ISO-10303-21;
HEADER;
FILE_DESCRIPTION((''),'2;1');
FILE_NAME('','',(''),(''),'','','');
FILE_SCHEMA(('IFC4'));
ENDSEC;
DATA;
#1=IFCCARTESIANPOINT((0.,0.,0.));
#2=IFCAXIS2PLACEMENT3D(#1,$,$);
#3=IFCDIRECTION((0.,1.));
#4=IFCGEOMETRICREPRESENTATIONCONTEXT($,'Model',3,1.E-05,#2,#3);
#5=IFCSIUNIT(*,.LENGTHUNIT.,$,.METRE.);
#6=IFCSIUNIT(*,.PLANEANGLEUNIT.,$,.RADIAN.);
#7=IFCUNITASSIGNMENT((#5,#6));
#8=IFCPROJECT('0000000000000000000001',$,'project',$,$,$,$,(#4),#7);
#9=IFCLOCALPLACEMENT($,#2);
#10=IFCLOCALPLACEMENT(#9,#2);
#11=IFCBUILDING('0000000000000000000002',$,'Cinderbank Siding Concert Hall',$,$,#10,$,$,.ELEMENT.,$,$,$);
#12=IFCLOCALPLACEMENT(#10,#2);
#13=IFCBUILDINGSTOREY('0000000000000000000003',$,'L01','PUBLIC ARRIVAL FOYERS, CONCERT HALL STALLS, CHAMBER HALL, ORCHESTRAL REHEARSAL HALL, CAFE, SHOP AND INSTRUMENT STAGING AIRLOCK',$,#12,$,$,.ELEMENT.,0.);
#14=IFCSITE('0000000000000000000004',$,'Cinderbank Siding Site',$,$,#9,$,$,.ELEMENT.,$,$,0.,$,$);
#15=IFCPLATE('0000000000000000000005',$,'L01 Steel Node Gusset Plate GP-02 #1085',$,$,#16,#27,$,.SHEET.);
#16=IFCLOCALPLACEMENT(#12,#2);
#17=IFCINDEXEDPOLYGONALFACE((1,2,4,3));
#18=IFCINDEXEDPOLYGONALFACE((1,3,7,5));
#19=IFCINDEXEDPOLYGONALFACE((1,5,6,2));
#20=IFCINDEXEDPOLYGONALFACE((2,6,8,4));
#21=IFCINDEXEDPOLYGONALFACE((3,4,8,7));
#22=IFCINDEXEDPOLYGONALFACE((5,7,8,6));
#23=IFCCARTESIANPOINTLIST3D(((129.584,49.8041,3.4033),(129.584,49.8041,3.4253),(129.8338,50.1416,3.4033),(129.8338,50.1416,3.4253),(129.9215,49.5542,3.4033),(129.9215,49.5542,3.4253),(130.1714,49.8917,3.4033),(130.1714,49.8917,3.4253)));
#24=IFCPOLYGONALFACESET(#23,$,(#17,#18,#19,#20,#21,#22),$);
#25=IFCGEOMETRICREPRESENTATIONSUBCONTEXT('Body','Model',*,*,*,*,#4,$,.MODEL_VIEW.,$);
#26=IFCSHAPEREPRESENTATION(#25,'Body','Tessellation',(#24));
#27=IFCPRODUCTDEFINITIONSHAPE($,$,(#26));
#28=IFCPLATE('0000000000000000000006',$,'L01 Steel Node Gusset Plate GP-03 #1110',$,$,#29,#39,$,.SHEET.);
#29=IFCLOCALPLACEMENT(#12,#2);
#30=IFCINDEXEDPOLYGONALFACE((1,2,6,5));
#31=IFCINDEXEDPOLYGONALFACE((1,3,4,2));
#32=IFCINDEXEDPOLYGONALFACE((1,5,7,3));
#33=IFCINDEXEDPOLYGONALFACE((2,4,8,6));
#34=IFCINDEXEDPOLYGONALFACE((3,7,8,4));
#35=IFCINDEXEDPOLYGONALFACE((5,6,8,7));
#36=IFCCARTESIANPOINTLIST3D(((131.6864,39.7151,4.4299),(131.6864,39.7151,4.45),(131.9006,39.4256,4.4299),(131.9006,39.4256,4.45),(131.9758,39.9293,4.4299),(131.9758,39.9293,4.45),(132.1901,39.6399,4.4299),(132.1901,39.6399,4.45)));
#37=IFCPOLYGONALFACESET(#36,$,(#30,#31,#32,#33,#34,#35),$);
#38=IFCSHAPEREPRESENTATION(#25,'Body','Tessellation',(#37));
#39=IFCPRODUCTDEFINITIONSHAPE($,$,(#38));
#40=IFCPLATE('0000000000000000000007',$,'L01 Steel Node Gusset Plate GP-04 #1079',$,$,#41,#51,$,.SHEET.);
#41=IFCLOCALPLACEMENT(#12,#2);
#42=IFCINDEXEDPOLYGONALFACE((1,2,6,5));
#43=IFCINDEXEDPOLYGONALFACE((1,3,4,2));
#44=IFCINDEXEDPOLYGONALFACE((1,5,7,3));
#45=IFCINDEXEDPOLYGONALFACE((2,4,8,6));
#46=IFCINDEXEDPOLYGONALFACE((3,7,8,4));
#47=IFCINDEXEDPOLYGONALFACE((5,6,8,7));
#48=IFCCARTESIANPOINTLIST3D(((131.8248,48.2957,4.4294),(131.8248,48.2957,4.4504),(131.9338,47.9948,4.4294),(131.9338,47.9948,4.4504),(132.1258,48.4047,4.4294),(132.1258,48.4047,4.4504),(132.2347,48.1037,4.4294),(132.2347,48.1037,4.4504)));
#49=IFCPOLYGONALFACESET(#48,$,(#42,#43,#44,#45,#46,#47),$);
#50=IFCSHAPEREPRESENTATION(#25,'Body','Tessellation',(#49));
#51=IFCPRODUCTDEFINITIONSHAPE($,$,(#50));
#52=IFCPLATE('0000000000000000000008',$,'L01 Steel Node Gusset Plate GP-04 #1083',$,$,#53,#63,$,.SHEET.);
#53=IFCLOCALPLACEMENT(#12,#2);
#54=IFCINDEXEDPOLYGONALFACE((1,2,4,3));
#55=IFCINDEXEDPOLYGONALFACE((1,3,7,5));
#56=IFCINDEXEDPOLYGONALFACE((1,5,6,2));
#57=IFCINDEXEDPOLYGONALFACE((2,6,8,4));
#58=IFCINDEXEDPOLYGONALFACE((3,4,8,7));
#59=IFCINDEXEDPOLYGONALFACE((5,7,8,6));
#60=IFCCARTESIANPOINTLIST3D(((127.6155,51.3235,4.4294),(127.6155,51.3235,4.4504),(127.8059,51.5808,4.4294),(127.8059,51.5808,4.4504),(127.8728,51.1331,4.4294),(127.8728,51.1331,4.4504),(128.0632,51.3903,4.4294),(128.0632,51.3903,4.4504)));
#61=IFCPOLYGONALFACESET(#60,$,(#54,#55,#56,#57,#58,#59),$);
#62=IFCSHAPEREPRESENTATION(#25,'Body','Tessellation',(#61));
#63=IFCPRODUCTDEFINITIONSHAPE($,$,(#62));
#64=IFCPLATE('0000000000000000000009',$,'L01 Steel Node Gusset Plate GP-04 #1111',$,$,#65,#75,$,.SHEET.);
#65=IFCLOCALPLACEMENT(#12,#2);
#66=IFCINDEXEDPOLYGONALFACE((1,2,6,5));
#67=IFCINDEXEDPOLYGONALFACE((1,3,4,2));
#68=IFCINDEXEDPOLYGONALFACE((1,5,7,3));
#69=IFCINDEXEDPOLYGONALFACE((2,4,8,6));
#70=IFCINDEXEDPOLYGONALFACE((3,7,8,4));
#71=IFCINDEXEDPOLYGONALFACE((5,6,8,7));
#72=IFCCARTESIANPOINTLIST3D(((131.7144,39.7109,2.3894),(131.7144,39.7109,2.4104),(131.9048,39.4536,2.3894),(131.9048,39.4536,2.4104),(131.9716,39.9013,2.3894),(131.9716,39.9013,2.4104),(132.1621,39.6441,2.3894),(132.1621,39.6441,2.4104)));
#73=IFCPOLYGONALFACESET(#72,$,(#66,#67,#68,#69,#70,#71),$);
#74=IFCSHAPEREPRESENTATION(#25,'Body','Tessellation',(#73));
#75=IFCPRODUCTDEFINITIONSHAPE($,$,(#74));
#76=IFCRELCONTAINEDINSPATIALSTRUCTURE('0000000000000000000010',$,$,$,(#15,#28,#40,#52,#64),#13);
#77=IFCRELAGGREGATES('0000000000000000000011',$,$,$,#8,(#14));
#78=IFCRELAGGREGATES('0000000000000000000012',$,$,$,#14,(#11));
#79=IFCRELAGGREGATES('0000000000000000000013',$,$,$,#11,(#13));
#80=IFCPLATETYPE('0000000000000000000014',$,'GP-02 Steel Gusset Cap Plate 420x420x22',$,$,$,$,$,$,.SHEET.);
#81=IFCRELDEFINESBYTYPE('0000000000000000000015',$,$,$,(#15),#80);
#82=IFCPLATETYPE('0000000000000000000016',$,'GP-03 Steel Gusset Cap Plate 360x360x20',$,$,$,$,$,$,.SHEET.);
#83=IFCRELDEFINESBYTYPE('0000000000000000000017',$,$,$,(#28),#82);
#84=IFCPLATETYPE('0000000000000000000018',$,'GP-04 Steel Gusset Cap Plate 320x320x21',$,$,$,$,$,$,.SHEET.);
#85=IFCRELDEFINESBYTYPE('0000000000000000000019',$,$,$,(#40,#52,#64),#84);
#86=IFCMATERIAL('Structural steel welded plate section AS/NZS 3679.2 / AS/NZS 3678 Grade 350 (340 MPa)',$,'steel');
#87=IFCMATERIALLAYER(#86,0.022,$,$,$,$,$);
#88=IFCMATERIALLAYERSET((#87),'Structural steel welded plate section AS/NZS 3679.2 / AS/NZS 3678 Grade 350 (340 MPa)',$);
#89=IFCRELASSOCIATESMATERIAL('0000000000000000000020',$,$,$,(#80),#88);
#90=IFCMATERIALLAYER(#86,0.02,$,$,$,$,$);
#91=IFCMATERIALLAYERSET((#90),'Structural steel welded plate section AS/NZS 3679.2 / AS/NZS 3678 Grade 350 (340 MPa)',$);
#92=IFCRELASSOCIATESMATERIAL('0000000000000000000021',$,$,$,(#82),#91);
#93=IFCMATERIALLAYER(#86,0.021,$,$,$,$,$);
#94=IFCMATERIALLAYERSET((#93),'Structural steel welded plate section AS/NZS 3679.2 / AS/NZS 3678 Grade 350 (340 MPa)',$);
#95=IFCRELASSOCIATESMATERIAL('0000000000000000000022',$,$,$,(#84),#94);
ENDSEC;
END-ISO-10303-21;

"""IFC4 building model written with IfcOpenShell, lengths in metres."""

from ifc_helpers import new_model, si_unit, direction, frame, origin, origin_2d, place, context, subcontext, project, spatial, rectangle, extrude, material, layer, layer_set, type_object, element, save


model = new_model("IFC4")

# Units and contexts
model_context = context("Model", 3, precision=1e-05, world=origin(), true_north=direction((0.0, 1.0)))
body_context = subcontext(model_context, "Body", "Model", "MODEL_VIEW")
ifc_project = project(units=[si_unit("LENGTHUNIT", "METRE"), si_unit("PLANEANGLEUNIT", "RADIAN")], contexts=[model_context])

# Site, building, storey
site_placement = place(None, origin())
site = spatial("IfcSite", under=ifc_project, at=site_placement, Name="Cinderbank Siding Site", CompositionType="ELEMENT", RefElevation=0.0)
building_placement = place(site_placement, origin())
building = spatial("IfcBuilding", under=site, at=building_placement, Name="Cinderbank Siding Concert Hall", CompositionType="ELEMENT")
storey_placement = place(building_placement, origin())
storey = spatial("IfcBuildingStorey", under=building, at=storey_placement, Name="L01", Description="PUBLIC ARRIVAL FOYERS, CONCERT HALL STALLS, CHAMBER HALL, ORCHESTRAL REHEARSAL HALL, CAFE, SHOP AND INSTRUMENT STAGING AIRLOCK", CompositionType="ELEMENT", Elevation=0.0)

# Plates
ifc_material_1 = material(Name="Structural steel welded plate section AS/NZS 3679.2 / AS/NZS 3678 Grade 350 (340 MPa)", Category="steel")
ifc_layer_1 = layer(ifc_material_1, 0.022)
ifc_layer_set_1 = layer_set([ifc_layer_1], Name="Structural steel welded plate section AS/NZS 3679.2 / AS/NZS 3678 Grade 350 (340 MPa)")
plate_type_1 = type_object("IfcPlateType", Name="GP-02 Steel Gusset Cap Plate 420x420x22", PredefinedType="SHEET", material=ifc_layer_set_1)
plate_1_placement = place(storey_placement, frame((129.8777, 49.8479, 3.4033), z_axis=(0.0, 0.0, 1.0), x_axis=(0.803753, -0.594963, 0.0)))
element("IfcPlate", 1, at=plate_1_placement, inside=storey, type_object=plate_type_1, Name="L01 Steel Node Gusset Plate GP-02 #1085", PredefinedType="SHEET", context=body_context, shape_type="SweptSolid", body=[
    extrude(rectangle(XDim=0.4199, YDim=0.4199, at=origin_2d()), origin(), (0.0, 0.0, 1.0), 0.022),
])
ifc_layer_2 = layer(ifc_material_1, 0.02)
ifc_layer_set_2 = layer_set([ifc_layer_2], Name="Structural steel welded plate section AS/NZS 3679.2 / AS/NZS 3678 Grade 350 (340 MPa)")
plate_type_2 = type_object("IfcPlateType", Name="GP-03 Steel Gusset Cap Plate 360x360x20", PredefinedType="SHEET", material=ifc_layer_set_2)
plate_2_placement = place(storey_placement, frame((131.9382, 39.6775, 4.4299), z_axis=(0.0, 0.0, 1.0), x_axis=(0.803753, 0.594963, 0.0)))
element("IfcPlate", 2, at=plate_2_placement, inside=storey, type_object=plate_type_2, Name="L01 Steel Node Gusset Plate GP-03 #1110", PredefinedType="SHEET", context=body_context, shape_type="SweptSolid", body=[
    extrude(rectangle(XDim=0.3601, YDim=0.3601, at=origin_2d()), origin(), (0.0, 0.0, 1.0), 0.02),
])
ifc_layer_3 = layer(ifc_material_1, 0.021)
ifc_layer_set_3 = layer_set([ifc_layer_3], Name="Structural steel welded plate section AS/NZS 3679.2 / AS/NZS 3678 Grade 350 (340 MPa)")
plate_type_3 = type_object("IfcPlateType", Name="GP-04 Steel Gusset Cap Plate 320x320x21", PredefinedType="SHEET", material=ifc_layer_set_3)
for number, where, z_axis, x_axis, name in (
    (3, (132.0298, 48.1997, 4.4294), (0.0, 0.0, 1.0), (-0.34038, 0.940288, 0.0), "L01 Steel Node Gusset Plate GP-04 #1079"),
    (4, (127.8394, 51.3569, 4.4294), (0.0, 0.0, 1.0), (-0.803753, 0.594963, 0.0), "L01 Steel Node Gusset Plate GP-04 #1083"),
    (5, (131.9382, 39.6775, 2.3894), (0.0, 0.0, 1.0), (-0.803753, -0.594963, 0.0), "L01 Steel Node Gusset Plate GP-04 #1111"),
):
    element("IfcPlate", number, at=place(storey_placement, frame(where, z_axis=z_axis, x_axis=x_axis)), inside=storey, type_object=plate_type_3, Name=name, PredefinedType="SHEET", context=body_context, shape_type="SweptSolid", body=[
        extrude(rectangle(XDim=0.3201, YDim=0.3201, at=origin_2d()), origin(), (0.0, 0.0, 1.0), 0.021),
    ])

save(model, "model.ifc")
